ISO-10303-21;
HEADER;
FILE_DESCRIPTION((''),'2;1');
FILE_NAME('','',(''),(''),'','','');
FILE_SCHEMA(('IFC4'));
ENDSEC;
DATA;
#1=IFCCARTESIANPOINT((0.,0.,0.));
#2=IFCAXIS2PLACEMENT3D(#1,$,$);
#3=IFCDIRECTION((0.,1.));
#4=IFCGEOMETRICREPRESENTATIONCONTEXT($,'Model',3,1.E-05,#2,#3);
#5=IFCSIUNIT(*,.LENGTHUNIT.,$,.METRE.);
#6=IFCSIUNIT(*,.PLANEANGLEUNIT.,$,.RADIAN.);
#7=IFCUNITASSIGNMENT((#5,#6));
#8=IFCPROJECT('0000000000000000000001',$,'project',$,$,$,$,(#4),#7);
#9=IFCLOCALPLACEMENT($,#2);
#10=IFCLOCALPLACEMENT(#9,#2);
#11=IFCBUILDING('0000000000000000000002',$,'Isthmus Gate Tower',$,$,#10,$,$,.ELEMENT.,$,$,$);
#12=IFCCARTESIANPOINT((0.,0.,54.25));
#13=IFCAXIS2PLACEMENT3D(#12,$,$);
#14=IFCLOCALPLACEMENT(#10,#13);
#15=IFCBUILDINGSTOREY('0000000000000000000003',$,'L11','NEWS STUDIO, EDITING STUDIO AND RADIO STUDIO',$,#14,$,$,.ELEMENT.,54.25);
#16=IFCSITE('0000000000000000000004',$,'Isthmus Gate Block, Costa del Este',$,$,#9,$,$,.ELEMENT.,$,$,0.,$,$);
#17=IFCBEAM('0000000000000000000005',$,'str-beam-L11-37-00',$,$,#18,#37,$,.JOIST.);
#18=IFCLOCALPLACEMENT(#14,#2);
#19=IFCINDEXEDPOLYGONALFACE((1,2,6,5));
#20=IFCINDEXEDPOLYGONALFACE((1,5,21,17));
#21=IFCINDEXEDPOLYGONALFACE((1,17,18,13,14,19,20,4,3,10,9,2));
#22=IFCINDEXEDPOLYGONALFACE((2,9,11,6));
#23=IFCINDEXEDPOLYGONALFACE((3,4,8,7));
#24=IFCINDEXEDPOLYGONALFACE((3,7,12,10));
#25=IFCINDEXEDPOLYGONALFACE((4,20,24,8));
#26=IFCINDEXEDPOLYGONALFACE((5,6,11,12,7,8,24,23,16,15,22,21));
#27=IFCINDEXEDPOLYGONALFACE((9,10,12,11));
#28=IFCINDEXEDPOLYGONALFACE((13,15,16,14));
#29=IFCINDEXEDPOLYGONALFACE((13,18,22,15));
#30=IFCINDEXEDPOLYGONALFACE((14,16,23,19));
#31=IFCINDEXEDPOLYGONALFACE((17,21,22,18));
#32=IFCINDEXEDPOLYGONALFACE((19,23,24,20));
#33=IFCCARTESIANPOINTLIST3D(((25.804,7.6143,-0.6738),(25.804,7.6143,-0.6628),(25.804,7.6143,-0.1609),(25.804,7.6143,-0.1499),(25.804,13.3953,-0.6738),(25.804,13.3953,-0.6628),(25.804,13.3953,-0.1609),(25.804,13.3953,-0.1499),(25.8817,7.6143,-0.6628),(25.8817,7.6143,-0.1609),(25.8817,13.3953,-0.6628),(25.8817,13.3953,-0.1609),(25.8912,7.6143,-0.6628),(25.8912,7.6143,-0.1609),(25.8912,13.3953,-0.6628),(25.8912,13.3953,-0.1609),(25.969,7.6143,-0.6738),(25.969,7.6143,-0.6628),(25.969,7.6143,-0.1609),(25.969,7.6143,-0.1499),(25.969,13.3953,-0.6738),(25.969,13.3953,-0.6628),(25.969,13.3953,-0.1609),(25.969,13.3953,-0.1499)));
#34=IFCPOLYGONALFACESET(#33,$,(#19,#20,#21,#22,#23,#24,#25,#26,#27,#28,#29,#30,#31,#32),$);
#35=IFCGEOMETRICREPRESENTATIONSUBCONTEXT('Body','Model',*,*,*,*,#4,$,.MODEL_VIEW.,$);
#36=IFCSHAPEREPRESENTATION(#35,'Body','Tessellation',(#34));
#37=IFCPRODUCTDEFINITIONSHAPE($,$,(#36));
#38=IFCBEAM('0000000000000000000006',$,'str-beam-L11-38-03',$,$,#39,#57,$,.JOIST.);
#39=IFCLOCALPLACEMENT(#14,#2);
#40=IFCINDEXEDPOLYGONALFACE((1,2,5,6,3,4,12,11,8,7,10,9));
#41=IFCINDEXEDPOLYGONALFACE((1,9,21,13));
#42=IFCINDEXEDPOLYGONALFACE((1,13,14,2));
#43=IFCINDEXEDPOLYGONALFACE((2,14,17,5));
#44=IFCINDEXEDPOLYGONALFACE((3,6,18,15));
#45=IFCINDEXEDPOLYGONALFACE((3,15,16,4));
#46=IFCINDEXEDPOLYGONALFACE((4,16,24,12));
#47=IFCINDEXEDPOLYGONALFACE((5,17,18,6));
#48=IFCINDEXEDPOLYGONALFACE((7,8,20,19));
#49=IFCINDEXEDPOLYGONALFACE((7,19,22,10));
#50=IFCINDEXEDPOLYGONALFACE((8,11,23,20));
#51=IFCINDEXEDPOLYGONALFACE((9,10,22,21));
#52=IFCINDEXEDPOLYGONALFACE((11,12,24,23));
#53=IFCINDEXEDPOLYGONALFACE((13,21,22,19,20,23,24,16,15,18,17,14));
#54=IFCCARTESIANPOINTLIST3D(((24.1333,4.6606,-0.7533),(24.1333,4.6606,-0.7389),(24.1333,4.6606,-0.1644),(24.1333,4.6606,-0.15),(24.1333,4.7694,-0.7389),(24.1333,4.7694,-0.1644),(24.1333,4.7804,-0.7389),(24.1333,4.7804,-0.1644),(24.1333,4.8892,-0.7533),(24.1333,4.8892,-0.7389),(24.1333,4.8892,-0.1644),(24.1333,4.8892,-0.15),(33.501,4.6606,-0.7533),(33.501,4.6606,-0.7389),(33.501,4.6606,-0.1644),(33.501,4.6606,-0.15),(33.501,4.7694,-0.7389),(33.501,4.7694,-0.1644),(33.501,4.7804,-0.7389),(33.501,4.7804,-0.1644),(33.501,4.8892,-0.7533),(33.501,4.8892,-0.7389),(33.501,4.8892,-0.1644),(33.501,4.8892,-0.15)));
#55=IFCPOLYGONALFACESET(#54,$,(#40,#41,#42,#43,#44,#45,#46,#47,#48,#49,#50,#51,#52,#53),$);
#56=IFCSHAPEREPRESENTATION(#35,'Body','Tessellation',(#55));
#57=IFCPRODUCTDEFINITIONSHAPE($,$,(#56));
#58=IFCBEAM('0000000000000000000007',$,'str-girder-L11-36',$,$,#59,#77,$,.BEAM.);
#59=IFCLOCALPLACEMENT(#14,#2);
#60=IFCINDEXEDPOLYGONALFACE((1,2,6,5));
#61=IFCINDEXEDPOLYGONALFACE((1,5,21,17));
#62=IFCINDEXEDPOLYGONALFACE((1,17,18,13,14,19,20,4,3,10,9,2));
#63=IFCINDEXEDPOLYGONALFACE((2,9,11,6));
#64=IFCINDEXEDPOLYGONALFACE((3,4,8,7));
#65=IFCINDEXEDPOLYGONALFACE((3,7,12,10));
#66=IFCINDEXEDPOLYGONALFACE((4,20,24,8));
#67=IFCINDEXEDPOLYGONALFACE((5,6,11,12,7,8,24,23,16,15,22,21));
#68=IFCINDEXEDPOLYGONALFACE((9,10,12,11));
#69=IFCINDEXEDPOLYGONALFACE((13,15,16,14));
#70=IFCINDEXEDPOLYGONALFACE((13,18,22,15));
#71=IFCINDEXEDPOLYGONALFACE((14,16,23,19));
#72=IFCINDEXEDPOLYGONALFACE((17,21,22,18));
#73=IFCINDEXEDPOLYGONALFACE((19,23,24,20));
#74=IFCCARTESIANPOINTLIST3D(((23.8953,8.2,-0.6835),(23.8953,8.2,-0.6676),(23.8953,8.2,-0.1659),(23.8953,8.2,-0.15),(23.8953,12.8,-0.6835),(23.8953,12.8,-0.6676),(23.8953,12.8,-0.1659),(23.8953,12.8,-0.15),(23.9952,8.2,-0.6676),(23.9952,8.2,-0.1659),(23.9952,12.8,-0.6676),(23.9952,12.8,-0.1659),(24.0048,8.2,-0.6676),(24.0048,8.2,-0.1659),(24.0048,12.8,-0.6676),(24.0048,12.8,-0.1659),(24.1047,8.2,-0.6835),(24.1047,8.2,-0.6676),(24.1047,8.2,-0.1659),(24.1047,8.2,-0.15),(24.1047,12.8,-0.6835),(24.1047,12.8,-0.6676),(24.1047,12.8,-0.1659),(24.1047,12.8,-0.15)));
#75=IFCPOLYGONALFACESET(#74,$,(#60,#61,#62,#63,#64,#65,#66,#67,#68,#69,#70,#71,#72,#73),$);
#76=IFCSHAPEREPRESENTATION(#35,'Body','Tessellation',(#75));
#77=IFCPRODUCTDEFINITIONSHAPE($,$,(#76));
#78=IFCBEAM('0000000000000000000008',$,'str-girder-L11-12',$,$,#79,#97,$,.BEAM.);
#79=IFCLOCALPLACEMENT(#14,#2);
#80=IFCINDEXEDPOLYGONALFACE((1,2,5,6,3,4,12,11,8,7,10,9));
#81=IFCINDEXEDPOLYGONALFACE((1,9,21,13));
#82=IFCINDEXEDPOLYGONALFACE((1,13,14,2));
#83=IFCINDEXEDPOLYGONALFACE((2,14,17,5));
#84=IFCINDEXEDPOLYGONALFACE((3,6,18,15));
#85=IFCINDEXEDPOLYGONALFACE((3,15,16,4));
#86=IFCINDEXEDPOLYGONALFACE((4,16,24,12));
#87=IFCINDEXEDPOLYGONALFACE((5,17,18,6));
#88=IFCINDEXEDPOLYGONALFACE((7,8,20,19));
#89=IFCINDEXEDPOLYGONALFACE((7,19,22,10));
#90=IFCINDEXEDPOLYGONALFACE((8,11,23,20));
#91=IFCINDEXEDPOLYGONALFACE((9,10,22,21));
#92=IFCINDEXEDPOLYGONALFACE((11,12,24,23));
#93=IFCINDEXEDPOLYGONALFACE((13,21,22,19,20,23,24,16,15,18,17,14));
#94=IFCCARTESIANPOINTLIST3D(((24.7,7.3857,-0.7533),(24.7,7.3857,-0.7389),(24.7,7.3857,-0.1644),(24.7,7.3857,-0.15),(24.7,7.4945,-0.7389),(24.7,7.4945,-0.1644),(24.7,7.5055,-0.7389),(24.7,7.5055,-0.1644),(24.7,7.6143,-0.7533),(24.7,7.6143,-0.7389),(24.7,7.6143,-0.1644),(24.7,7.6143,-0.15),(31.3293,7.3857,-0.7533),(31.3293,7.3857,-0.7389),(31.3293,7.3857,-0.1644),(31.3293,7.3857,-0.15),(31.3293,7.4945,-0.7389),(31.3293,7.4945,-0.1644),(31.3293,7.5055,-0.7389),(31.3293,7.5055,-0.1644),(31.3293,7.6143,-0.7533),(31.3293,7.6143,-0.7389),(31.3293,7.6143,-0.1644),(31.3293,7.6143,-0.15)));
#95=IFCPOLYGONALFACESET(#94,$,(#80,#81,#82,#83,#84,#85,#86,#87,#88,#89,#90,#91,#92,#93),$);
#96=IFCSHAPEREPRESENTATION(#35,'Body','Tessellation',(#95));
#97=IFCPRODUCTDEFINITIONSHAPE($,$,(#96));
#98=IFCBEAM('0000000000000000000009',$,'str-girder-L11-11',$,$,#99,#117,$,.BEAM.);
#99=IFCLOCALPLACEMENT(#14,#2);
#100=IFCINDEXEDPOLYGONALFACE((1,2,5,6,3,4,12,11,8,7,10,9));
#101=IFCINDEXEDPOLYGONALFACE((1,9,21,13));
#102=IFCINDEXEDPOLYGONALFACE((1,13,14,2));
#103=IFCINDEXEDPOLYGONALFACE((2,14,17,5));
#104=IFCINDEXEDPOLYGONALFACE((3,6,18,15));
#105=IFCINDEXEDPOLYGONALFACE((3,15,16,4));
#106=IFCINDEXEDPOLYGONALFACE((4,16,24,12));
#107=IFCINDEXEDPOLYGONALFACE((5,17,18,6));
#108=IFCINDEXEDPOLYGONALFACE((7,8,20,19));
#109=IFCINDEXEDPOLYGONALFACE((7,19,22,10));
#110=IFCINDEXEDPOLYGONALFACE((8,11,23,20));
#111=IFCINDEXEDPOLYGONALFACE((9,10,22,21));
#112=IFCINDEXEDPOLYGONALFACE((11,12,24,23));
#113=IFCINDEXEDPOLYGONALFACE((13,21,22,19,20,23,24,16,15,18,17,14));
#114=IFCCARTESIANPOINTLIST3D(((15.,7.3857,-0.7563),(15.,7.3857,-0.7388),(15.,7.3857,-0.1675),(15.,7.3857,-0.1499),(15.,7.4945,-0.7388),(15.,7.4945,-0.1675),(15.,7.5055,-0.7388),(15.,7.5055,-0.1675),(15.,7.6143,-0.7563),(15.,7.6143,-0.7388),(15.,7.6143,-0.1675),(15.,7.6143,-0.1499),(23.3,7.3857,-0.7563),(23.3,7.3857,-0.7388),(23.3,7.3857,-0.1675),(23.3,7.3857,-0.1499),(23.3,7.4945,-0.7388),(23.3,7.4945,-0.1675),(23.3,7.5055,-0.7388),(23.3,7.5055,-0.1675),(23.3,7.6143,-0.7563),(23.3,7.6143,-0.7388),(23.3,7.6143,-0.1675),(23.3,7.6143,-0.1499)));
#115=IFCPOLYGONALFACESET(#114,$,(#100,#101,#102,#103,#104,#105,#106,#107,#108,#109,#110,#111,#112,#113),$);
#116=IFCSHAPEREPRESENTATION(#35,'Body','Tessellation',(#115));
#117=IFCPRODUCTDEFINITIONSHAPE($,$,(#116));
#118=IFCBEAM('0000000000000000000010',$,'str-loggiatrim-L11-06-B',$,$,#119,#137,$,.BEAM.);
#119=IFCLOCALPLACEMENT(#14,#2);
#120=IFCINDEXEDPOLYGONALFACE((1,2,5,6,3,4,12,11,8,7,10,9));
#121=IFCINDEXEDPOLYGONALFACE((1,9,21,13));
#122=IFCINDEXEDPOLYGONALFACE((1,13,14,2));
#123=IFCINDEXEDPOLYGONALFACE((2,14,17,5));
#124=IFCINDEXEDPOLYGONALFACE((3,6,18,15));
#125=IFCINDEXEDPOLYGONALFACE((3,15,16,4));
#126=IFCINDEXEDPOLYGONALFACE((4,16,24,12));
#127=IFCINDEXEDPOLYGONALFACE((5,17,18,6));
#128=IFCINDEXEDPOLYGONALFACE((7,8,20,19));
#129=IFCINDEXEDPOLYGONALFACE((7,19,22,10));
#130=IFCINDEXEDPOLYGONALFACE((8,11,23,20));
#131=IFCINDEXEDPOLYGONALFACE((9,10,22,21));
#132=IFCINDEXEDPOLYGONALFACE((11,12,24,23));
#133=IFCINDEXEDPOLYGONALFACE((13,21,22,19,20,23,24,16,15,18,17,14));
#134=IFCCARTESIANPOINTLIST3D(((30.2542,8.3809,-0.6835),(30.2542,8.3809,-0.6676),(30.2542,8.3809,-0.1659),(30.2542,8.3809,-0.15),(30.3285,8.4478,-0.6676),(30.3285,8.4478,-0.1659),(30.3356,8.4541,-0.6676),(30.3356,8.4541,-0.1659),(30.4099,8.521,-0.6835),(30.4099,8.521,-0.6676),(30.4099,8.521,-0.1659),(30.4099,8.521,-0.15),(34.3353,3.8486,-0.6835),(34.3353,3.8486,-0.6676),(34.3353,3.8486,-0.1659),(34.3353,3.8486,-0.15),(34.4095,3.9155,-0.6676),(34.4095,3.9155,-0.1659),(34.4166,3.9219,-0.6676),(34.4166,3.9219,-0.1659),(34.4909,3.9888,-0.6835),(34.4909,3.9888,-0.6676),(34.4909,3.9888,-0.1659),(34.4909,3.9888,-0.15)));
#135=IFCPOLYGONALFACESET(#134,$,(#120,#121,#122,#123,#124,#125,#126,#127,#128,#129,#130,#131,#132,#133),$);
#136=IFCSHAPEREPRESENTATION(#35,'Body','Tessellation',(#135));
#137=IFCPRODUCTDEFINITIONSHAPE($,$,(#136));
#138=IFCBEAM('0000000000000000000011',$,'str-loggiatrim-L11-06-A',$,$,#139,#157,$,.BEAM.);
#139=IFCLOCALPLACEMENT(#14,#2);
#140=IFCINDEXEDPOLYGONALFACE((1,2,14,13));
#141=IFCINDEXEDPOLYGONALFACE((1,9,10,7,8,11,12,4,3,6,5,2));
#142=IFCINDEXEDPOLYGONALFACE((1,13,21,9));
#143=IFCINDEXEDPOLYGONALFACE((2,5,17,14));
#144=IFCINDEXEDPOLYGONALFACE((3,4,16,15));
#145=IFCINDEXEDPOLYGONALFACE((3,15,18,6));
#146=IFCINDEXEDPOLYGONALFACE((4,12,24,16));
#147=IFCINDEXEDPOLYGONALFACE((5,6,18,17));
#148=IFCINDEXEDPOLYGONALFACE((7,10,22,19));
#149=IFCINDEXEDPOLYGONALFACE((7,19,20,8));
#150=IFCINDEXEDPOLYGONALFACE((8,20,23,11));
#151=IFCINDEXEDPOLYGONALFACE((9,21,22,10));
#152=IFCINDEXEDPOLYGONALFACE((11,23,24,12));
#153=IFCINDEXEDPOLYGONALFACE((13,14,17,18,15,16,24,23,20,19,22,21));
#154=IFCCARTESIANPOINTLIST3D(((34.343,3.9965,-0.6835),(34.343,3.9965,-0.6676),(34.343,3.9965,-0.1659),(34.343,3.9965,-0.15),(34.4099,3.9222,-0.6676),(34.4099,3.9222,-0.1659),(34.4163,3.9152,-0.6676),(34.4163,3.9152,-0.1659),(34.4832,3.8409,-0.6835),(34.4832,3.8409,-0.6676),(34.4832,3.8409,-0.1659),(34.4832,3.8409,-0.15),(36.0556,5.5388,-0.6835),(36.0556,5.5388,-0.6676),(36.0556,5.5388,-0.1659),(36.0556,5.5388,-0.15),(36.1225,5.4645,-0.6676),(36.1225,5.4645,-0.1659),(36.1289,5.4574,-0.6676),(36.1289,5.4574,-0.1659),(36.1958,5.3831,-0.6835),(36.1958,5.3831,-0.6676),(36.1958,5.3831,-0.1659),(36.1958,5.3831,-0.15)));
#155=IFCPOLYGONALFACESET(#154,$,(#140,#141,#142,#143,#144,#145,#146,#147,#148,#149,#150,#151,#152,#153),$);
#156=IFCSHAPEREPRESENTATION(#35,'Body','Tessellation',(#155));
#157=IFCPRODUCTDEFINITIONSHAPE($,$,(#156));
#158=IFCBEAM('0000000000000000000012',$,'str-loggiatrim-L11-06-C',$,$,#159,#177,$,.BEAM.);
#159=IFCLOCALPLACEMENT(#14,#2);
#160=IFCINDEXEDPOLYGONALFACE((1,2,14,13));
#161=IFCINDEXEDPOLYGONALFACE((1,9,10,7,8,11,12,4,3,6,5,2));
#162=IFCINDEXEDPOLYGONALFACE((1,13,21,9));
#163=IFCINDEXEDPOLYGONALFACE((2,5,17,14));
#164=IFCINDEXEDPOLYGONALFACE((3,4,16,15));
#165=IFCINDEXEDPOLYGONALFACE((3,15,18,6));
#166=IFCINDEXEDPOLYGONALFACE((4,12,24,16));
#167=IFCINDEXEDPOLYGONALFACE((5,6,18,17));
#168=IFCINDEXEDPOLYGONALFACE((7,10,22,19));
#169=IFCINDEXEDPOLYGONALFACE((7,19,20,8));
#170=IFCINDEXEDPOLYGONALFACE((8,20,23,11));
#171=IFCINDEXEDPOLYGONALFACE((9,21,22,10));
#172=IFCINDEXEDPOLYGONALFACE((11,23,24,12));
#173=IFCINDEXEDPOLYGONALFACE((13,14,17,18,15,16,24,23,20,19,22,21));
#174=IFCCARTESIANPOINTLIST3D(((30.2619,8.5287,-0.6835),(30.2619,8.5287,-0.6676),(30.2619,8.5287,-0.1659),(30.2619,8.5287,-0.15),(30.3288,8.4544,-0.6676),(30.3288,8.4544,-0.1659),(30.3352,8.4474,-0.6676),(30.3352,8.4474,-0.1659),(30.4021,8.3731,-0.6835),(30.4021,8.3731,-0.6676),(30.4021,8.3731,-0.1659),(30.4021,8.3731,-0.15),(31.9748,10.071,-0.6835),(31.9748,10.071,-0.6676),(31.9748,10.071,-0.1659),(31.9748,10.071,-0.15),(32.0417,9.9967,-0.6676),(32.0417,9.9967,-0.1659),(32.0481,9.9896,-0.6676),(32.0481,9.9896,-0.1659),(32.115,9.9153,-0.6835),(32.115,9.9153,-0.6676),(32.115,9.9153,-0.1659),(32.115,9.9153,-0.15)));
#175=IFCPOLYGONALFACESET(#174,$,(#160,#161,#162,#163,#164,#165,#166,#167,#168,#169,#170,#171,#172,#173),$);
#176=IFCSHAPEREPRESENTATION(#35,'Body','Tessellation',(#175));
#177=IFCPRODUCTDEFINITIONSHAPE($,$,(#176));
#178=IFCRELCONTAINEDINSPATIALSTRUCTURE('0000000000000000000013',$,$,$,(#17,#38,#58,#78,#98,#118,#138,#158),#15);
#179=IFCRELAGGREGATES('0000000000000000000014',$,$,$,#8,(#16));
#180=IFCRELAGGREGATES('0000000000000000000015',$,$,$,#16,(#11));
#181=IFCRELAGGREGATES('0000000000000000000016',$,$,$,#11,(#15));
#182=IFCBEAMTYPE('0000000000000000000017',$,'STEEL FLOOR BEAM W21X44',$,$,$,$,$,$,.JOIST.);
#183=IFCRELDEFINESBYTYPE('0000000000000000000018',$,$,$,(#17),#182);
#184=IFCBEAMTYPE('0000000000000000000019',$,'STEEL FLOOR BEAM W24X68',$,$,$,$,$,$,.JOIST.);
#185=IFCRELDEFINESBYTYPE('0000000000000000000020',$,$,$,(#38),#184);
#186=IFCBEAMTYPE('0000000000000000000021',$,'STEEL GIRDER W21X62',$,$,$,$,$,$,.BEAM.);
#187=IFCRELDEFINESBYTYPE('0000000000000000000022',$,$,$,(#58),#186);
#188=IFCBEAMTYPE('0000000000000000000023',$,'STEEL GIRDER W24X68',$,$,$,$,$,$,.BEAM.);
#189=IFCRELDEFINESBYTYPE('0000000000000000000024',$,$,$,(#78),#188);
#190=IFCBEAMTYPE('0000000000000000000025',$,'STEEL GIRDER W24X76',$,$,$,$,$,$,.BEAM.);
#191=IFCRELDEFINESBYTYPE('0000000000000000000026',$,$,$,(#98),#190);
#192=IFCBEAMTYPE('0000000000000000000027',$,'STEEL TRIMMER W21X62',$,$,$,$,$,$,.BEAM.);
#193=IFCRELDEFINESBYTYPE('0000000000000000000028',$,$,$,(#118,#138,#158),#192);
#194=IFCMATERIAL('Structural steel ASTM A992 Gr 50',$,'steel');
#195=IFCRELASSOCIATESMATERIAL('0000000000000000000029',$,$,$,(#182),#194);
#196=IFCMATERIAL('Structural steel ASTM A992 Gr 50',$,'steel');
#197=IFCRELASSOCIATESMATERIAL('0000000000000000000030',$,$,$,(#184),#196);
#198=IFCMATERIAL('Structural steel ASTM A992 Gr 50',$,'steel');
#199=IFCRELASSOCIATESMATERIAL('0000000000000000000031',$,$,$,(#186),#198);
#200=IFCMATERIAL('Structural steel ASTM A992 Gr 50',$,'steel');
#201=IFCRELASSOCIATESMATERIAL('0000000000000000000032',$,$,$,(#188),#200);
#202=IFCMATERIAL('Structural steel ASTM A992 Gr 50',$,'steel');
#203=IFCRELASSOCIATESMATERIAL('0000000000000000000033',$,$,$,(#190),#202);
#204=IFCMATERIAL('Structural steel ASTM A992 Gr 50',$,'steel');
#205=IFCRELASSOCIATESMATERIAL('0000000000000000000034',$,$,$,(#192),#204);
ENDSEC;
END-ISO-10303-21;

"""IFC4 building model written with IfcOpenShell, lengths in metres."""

from ifc_helpers import new_model, si_unit, direction, frame, origin, origin_2d, place, context, subcontext, project, spatial, i_section, extrude, material, material_profile, profile_set, type_object, element, save


model = new_model("IFC4")

# Units and contexts
model_context = context("Model", 3, precision=1e-05, world=origin(), true_north=direction((0.0, 1.0)))
body_context = subcontext(model_context, "Body", "Model", "MODEL_VIEW")
ifc_project = project(units=[si_unit("LENGTHUNIT", "METRE"), si_unit("PLANEANGLEUNIT", "RADIAN")], contexts=[model_context])

# Site, building, storey
site_placement = place(None, origin())
site = spatial("IfcSite", under=ifc_project, at=site_placement, Name="Isthmus Gate Block, Costa del Este", CompositionType="ELEMENT", RefElevation=0.0)
building_placement = place(site_placement, origin())
building = spatial("IfcBuilding", under=site, at=building_placement, Name="Isthmus Gate Tower", CompositionType="ELEMENT")
storey_placement = place(building_placement, frame((0.0, 0.0, 54.25)))
storey = spatial("IfcBuildingStorey", under=building, at=storey_placement, Name="L11", Description="NEWS STUDIO, EDITING STUDIO AND RADIO STUDIO", CompositionType="ELEMENT", Elevation=54.25)

# Beams
ifc_material_1 = material(Name="Structural steel ASTM A992 Gr 50", Category="steel")
ifc_material_profile_1 = material_profile(ifc_material_1, i_section(OverallWidth=0.165, OverallDepth=0.5239, WebThickness=0.0095, FlangeThickness=0.011, at=origin_2d()), Name="W21X44")
ifc_profile_set_1 = profile_set([ifc_material_profile_1], Name="Structural steel ASTM A992 Gr 50")
beam_type_1 = type_object("IfcBeamType", Name="STEEL FLOOR BEAM W21X44", PredefinedType="JOIST", material=ifc_profile_set_1)
beam_1_placement = place(storey_placement, frame((25.8865, 7.6143, -0.4119), z_axis=(0.0, 1.0, 0.0), x_axis=(-1.0, 0.0, 0.0)))
element("IfcBeam", 1, at=beam_1_placement, inside=storey, type_object=beam_type_1, Name="str-beam-L11-37-00", PredefinedType="JOIST", context=body_context, shape_type="SweptSolid", body=[
    extrude(i_section(OverallWidth=0.165, OverallDepth=0.5239, WebThickness=0.0095, FlangeThickness=0.011, at=origin_2d()), origin(), (0.0, 0.0, 1.0), 5.781),
])
ifc_material_2 = material(Name="Structural steel ASTM A992 Gr 50", Category="steel")
ifc_material_profile_2 = material_profile(ifc_material_2, i_section(OverallWidth=0.2285, OverallDepth=0.6033, WebThickness=0.011, FlangeThickness=0.0144, at=origin_2d()), Name="W24X68")
ifc_profile_set_2 = profile_set([ifc_material_profile_2], Name="Structural steel ASTM A992 Gr 50")
beam_type_2 = type_object("IfcBeamType", Name="STEEL FLOOR BEAM W24X68", PredefinedType="JOIST", material=ifc_profile_set_2)
beam_2_placement = place(storey_placement, frame((24.1333, 4.7749, -0.4517), z_axis=(1.0, 0.0, 0.0), x_axis=(0.0, 1.0, 0.0)))
element("IfcBeam", 2, at=beam_2_placement, inside=storey, type_object=beam_type_2, Name="str-beam-L11-38-03", PredefinedType="JOIST", context=body_context, shape_type="SweptSolid", body=[
    extrude(i_section(OverallWidth=0.2285, OverallDepth=0.6033, WebThickness=0.011, FlangeThickness=0.0144, at=origin_2d()), origin(), (0.0, 0.0, 1.0), 9.3677),
])
ifc_material_3 = material(Name="Structural steel ASTM A992 Gr 50", Category="steel")
ifc_material_profile_3 = material_profile(ifc_material_3, i_section(OverallWidth=0.2095, OverallDepth=0.5334, WebThickness=0.0095, FlangeThickness=0.0159, at=origin_2d()), Name="W21X62")
ifc_profile_set_3 = profile_set([ifc_material_profile_3], Name="Structural steel ASTM A992 Gr 50")
beam_type_3 = type_object("IfcBeamType", Name="STEEL GIRDER W21X62", PredefinedType="BEAM", material=ifc_profile_set_3)
beam_3_placement = place(storey_placement, frame((24.0, 8.2, -0.4167), z_axis=(0.0, 1.0, 0.0), x_axis=(-1.0, 0.0, 0.0)))
element("IfcBeam", 3, at=beam_3_placement, inside=storey, type_object=beam_type_3, Name="str-girder-L11-36", PredefinedType="BEAM", context=body_context, shape_type="SweptSolid", body=[
    extrude(i_section(OverallWidth=0.2095, OverallDepth=0.5334, WebThickness=0.0095, FlangeThickness=0.0159, at=origin_2d()), origin(), (0.0, 0.0, 1.0), 4.6001),
])
ifc_material_4 = material(Name="Structural steel ASTM A992 Gr 50", Category="steel")
ifc_material_profile_4 = material_profile(ifc_material_4, i_section(OverallWidth=0.2285, OverallDepth=0.6033, WebThickness=0.011, FlangeThickness=0.0144, at=origin_2d()), Name="W24X68")
ifc_profile_set_4 = profile_set([ifc_material_profile_4], Name="Structural steel ASTM A992 Gr 50")
beam_type_4 = type_object("IfcBeamType", Name="STEEL GIRDER W24X68", PredefinedType="BEAM", material=ifc_profile_set_4)
beam_4_placement = place(storey_placement, frame((24.7, 7.5, -0.4517), z_axis=(1.0, 0.0, 0.0), x_axis=(0.0, 1.0, 0.0)))
element("IfcBeam", 4, at=beam_4_placement, inside=storey, type_object=beam_type_4, Name="str-girder-L11-12", PredefinedType="BEAM", context=body_context, shape_type="SweptSolid", body=[
    extrude(i_section(OverallWidth=0.2285, OverallDepth=0.6033, WebThickness=0.011, FlangeThickness=0.0144, at=origin_2d()), origin(), (0.0, 0.0, 1.0), 6.6294),
])
ifc_material_5 = material(Name="Structural steel ASTM A992 Gr 50", Category="steel")
ifc_material_profile_5 = material_profile(ifc_material_5, i_section(OverallWidth=0.2285, OverallDepth=0.6064, WebThickness=0.011, FlangeThickness=0.0176, at=origin_2d()), Name="W24X76")
ifc_profile_set_5 = profile_set([ifc_material_profile_5], Name="Structural steel ASTM A992 Gr 50")
beam_type_5 = type_object("IfcBeamType", Name="STEEL GIRDER W24X76", PredefinedType="BEAM", material=ifc_profile_set_5)
beam_5_placement = place(storey_placement, frame((15.0, 7.5, -0.4531), z_axis=(1.0, 0.0, 0.0), x_axis=(0.0, 1.0, 0.0)))
element("IfcBeam", 5, at=beam_5_placement, inside=storey, type_object=beam_type_5, Name="str-girder-L11-11", PredefinedType="BEAM", context=body_context, shape_type="SweptSolid", body=[
    extrude(i_section(OverallWidth=0.2285, OverallDepth=0.6064, WebThickness=0.011, FlangeThickness=0.0176, at=origin_2d()), origin(), (0.0, 0.0, 1.0), 8.3),
])
ifc_material_6 = material(Name="Structural steel ASTM A992 Gr 50", Category="steel")
ifc_material_profile_6 = material_profile(ifc_material_6, i_section(OverallWidth=0.2095, OverallDepth=0.5334, WebThickness=0.0095, FlangeThickness=0.0159, at=origin_2d()), Name="W21X62")
ifc_profile_set_6 = profile_set([ifc_material_profile_6], Name="Structural steel ASTM A992 Gr 50")
beam_type_6 = type_object("IfcBeamType", Name="STEEL TRIMMER W21X62", PredefinedType="BEAM", material=ifc_profile_set_6)
beam_6_placement = place(storey_placement, frame((34.4131, 3.9187, -0.4167), z_axis=(-0.66915, 0.743127, 0.0), x_axis=(-0.743127, -0.66915, 0.0)))
element("IfcBeam", 6, at=beam_6_placement, inside=storey, type_object=beam_type_6, Name="str-loggiatrim-L11-06-B", PredefinedType="BEAM", context=body_context, shape_type="SweptSolid", body=[
    extrude(i_section(OverallWidth=0.2095, OverallDepth=0.5334, WebThickness=0.0095, FlangeThickness=0.0159, at=origin_2d()), origin(), (0.0, 0.0, 1.0), 6.0989),
])
beam_7_placement = place(storey_placement, frame((36.1257, 5.4609, -0.4167), z_axis=(-0.74311, -0.66917, 0.0), x_axis=(0.66917, -0.74311, 0.0)))
element("IfcBeam", 7, at=beam_7_placement, inside=storey, type_object=beam_type_6, Name="str-loggiatrim-L11-06-A", PredefinedType="BEAM", context=body_context, shape_type="SweptSolid", body=[
    extrude(i_section(OverallWidth=0.2095, OverallDepth=0.5334, WebThickness=0.0095, FlangeThickness=0.0159, at=origin_2d()), origin(), (0.0, 0.0, 1.0), 2.3047),
])
beam_8_placement = place(storey_placement, frame((32.0449, 9.9932, -0.4167), z_axis=(-0.743157, -0.669117, 0.0), x_axis=(0.669117, -0.743157, 0.0)))
element("IfcBeam", 8, at=beam_8_placement, inside=storey, type_object=beam_type_6, Name="str-loggiatrim-L11-06-C", PredefinedType="BEAM", context=body_context, shape_type="SweptSolid", body=[
    extrude(i_section(OverallWidth=0.2095, OverallDepth=0.5334, WebThickness=0.0095, FlangeThickness=0.0159, at=origin_2d()), origin(), (0.0, 0.0, 1.0), 2.3049),
])

save(model, "model.ifc")
